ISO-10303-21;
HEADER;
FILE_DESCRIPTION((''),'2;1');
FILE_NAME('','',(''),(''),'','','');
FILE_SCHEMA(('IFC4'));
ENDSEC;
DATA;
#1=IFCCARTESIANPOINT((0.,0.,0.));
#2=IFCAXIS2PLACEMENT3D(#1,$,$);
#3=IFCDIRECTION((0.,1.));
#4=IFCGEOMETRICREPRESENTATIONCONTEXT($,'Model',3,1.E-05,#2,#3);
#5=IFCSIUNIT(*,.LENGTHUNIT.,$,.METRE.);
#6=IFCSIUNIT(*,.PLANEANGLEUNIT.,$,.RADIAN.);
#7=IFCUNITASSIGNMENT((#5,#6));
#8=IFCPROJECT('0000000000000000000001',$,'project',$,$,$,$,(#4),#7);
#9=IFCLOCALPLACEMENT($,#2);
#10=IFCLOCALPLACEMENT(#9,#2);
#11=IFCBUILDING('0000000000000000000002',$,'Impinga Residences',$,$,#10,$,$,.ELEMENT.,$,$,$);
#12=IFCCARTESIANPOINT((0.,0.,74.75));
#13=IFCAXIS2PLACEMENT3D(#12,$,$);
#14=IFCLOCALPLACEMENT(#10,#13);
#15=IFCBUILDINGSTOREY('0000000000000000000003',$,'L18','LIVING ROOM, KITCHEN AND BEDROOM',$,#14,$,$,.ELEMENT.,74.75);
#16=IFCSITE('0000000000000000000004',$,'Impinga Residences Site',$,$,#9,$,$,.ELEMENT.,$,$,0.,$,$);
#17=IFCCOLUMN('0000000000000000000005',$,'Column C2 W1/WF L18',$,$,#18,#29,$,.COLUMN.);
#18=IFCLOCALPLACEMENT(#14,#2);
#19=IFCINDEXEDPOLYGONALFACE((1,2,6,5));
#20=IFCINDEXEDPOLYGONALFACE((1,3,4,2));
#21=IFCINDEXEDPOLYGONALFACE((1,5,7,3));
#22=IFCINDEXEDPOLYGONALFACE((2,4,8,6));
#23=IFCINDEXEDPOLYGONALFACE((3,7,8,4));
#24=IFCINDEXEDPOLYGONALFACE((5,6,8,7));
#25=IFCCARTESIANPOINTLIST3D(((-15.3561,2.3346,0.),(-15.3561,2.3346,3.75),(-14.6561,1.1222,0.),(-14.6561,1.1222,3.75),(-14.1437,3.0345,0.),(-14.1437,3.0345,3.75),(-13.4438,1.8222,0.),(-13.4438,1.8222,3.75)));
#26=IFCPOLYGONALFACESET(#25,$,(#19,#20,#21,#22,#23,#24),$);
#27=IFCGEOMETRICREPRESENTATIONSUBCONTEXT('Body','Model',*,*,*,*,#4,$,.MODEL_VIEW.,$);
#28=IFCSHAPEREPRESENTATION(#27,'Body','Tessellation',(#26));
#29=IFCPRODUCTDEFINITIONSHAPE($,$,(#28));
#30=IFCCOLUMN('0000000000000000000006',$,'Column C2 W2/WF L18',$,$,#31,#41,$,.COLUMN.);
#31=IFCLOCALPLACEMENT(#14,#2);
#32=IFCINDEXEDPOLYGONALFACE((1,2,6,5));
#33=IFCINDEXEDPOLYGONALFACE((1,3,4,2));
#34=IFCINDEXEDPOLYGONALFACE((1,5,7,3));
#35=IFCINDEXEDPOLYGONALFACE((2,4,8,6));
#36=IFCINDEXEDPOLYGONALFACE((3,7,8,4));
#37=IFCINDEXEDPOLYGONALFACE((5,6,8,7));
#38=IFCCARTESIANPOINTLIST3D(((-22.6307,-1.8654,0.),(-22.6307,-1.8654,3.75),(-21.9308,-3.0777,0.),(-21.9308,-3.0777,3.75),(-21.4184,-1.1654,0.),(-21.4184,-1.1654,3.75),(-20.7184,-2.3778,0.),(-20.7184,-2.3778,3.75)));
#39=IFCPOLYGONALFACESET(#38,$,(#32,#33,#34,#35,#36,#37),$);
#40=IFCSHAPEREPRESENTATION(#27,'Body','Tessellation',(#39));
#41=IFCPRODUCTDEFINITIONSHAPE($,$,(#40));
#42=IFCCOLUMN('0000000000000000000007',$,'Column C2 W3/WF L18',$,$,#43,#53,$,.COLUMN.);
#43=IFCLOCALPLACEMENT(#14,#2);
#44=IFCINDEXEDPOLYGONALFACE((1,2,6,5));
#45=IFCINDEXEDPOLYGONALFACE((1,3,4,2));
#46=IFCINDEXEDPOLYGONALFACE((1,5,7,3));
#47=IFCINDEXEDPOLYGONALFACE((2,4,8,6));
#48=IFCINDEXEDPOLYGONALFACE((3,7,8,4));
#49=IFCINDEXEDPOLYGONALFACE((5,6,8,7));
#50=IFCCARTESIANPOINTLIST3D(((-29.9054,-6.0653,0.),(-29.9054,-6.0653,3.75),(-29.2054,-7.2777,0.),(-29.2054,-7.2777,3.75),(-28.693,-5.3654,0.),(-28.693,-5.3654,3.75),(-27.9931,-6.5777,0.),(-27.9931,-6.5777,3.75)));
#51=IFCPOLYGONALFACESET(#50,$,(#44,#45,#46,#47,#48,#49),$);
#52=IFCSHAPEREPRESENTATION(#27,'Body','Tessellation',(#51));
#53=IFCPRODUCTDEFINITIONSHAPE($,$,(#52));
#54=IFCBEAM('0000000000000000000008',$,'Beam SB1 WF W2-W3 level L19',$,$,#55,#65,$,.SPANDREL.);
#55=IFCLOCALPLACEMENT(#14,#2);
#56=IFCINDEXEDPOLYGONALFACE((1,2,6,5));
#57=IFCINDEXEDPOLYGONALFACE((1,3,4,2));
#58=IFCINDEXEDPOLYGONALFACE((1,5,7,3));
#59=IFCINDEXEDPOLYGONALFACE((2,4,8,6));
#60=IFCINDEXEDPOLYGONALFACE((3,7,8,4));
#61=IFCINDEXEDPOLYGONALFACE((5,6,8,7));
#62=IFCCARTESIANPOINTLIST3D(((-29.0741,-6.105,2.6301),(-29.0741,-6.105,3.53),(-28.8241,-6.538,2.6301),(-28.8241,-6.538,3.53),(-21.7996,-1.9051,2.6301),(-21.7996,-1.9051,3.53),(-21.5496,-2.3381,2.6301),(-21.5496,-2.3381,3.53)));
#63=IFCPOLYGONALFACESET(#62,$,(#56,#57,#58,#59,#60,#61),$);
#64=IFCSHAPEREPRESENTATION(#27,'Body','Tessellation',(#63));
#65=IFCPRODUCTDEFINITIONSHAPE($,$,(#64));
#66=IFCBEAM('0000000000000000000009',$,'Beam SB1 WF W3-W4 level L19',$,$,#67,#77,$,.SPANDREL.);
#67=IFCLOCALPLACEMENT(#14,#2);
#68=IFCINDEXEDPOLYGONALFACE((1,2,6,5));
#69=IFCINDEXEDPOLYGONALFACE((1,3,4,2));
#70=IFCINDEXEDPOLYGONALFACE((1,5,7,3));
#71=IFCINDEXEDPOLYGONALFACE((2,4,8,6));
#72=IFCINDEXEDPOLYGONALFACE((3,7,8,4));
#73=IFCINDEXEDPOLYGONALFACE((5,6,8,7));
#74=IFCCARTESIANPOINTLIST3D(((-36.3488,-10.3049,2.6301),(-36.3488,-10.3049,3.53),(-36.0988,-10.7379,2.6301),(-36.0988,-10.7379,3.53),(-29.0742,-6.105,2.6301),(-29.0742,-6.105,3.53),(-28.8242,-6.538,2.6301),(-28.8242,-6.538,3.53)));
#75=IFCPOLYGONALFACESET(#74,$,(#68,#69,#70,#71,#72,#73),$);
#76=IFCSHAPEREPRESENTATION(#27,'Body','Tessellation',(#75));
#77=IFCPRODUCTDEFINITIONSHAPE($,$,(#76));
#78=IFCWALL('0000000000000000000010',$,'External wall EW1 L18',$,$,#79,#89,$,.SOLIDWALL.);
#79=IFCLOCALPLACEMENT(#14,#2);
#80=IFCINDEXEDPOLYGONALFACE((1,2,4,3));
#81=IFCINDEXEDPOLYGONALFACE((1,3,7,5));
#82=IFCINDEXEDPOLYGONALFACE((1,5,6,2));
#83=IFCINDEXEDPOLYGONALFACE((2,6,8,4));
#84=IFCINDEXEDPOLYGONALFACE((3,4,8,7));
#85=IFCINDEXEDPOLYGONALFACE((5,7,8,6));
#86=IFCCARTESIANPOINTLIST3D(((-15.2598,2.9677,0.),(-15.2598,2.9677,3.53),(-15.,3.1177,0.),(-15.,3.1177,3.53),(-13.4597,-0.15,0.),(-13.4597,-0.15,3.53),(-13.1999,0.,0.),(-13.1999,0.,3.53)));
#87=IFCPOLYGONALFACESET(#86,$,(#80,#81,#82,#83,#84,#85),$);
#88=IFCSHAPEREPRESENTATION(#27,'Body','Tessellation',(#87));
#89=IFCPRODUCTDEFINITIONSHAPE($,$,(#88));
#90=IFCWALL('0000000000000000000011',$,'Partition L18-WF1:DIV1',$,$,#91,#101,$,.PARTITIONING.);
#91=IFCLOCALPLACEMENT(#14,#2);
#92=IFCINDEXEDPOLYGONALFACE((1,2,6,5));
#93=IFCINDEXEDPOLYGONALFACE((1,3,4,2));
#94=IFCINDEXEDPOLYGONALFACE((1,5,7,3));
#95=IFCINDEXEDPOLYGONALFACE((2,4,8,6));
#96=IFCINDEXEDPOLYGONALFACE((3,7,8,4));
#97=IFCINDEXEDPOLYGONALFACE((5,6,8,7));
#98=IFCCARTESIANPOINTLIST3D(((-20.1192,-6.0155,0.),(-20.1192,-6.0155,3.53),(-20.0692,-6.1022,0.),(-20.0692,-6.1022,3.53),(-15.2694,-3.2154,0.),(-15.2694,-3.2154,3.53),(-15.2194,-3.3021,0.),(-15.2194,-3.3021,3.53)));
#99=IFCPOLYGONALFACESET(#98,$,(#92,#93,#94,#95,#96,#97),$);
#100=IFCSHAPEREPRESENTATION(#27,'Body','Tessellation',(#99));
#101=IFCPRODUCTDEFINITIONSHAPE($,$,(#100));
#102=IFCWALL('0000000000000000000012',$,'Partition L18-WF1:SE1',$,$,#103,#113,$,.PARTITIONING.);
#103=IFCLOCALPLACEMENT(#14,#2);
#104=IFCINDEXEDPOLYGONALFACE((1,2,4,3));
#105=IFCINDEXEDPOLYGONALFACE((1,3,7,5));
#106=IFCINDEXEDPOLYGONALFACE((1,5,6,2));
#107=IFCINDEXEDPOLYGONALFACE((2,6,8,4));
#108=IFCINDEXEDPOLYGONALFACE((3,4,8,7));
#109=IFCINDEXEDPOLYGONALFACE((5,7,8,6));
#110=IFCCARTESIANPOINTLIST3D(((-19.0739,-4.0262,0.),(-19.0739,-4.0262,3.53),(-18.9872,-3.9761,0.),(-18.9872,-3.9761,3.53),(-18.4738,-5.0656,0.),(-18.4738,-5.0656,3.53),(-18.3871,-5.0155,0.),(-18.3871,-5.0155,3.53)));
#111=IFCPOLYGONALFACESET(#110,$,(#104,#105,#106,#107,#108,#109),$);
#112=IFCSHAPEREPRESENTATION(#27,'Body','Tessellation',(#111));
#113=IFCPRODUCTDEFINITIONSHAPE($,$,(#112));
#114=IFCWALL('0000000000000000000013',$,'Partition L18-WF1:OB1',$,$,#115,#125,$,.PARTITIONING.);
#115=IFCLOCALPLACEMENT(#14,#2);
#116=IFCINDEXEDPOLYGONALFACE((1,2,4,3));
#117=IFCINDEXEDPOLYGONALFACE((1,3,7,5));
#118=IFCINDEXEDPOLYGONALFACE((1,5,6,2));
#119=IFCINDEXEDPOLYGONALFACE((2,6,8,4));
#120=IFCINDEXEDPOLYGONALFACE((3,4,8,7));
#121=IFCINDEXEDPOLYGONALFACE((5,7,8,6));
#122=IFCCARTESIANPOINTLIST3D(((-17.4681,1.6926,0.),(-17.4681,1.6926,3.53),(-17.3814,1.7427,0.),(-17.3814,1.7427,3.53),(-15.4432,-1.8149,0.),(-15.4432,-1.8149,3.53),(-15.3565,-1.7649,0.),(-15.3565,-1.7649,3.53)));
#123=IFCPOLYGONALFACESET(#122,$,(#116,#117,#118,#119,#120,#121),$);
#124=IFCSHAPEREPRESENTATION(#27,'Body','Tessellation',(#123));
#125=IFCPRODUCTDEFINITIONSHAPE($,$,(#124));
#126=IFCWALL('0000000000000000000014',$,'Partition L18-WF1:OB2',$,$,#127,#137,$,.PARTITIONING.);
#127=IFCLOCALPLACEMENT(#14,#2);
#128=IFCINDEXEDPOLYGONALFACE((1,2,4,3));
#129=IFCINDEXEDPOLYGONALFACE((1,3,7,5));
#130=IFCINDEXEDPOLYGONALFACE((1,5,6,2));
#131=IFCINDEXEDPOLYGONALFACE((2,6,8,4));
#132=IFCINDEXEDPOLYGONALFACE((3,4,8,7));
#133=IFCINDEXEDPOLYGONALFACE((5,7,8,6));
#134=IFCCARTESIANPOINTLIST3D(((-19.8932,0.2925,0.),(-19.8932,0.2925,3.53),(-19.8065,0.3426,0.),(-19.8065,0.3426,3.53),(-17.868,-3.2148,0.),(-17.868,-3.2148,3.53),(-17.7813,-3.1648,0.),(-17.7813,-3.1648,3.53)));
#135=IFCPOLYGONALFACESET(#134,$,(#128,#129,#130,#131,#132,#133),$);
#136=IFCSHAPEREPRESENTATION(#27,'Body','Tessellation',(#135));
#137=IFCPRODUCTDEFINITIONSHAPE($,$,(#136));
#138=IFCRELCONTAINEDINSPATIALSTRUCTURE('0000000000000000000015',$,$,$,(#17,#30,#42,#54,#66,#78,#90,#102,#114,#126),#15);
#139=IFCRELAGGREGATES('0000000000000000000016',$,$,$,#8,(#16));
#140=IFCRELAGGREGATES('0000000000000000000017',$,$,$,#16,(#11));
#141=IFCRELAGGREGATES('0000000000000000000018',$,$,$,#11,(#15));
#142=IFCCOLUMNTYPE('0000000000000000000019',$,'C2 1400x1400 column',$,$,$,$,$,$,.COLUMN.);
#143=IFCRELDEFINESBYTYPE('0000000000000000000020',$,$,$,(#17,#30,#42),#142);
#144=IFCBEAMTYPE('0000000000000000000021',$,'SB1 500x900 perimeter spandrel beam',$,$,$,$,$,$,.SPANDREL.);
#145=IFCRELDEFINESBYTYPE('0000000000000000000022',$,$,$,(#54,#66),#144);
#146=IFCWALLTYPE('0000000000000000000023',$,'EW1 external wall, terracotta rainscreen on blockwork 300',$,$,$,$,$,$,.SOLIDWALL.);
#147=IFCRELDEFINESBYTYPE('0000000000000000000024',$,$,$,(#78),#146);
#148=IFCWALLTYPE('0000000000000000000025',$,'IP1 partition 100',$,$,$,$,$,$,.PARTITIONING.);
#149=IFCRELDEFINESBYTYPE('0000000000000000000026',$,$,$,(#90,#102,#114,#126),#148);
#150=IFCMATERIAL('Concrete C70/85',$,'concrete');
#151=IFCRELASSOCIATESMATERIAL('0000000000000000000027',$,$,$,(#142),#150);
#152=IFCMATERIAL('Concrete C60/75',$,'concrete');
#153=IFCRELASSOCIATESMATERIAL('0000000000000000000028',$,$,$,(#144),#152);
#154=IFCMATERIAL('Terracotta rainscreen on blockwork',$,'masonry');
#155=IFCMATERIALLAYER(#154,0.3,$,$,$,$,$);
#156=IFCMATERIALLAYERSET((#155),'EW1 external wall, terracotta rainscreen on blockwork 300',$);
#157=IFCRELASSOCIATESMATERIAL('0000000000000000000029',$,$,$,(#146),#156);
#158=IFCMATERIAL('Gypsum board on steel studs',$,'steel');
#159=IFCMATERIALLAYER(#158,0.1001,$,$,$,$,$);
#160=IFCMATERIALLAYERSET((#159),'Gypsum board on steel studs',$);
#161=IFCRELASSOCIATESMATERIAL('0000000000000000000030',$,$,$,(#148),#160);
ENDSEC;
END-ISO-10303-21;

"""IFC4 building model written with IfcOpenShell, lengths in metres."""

from ifc_helpers import new_model, si_unit, direction, frame, frame_2d, origin, origin_2d, place, context, subcontext, project, spatial, rectangle, extrude, material, layer, layer_set, material_profile, profile_set, type_object, element, save


model = new_model("IFC4")

# Units and contexts
model_context = context("Model", 3, precision=1e-05, world=origin(), true_north=direction((0.0, 1.0)))
body_context = subcontext(model_context, "Body", "Model", "MODEL_VIEW")
ifc_project = project(units=[si_unit("LENGTHUNIT", "METRE"), si_unit("PLANEANGLEUNIT", "RADIAN")], contexts=[model_context])

# Site, building, storey
site_placement = place(None, origin())
site = spatial("IfcSite", under=ifc_project, at=site_placement, Name="Impinga Residences Site", CompositionType="ELEMENT", RefElevation=0.0)
building_placement = place(site_placement, origin())
building = spatial("IfcBuilding", under=site, at=building_placement, Name="Impinga Residences", CompositionType="ELEMENT")
storey_placement = place(building_placement, frame((0.0, 0.0, 74.75)))
storey = spatial("IfcBuildingStorey", under=building, at=storey_placement, Name="L18", Description="LIVING ROOM, KITCHEN AND BEDROOM", CompositionType="ELEMENT", Elevation=74.75)

# Columns
ifc_material_1 = material(Name="Concrete C70/85", Category="concrete")
ifc_material_profile_1 = material_profile(ifc_material_1, rectangle(XDim=1.3999, YDim=1.3999, at=origin_2d()), Name="RC 1400x1400")
ifc_profile_set_1 = profile_set([ifc_material_profile_1], Name="Concrete C70/85")
column_type = type_object("IfcColumnType", Name="C2 1400x1400 column", PredefinedType="COLUMN", material=ifc_profile_set_1)
for number, where, z_axis, x_axis, name in (
    (1, (-14.3999, 2.0784, 0.0), (0.0, 0.0, 1.0), (-0.5, 0.866025, 0.0), "Column C2 W1/WF L18"),
    (2, (-21.6746, -2.1216, 0.0), (0.0, 0.0, 1.0), (-0.5, 0.866025, 0.0), "Column C2 W2/WF L18"),
    (3, (-28.9492, -6.3215, 0.0), (0.0, 0.0, 1.0), (-0.5, 0.866025, 0.0), "Column C2 W3/WF L18"),
):
    element("IfcColumn", number, at=place(storey_placement, frame(where, z_axis=z_axis, x_axis=x_axis)), inside=storey, type_object=column_type, Name=name, PredefinedType="COLUMN", context=body_context, shape_type="SweptSolid", body=[
        extrude(rectangle(XDim=1.3999, YDim=1.3999, at=origin_2d()), origin(), (0.0, 0.0, 1.0), 3.75),
    ])

# Beams
ifc_material_2 = material(Name="Concrete C60/75", Category="concrete")
ifc_material_profile_2 = material_profile(ifc_material_2, rectangle(XDim=0.5, YDim=0.8999, at=origin_2d()), Name="RC 500x900")
ifc_profile_set_2 = profile_set([ifc_material_profile_2], Name="Concrete C60/75")
beam_type = type_object("IfcBeamType", Name="SB1 500x900 perimeter spandrel beam", PredefinedType="SPANDREL", material=ifc_profile_set_2)
for number, where, z_axis, x_axis, name in (
    (4, (-21.6746, -2.1216, 3.0801), (-0.866029, -0.499993, 0.0), (0.499993, -0.866029, 0.0), "Beam SB1 WF W2-W3 level L19"),
    (5, (-28.9492, -6.3215, 3.0801), (-0.866029, -0.499993, 0.0), (0.499993, -0.866029, 0.0), "Beam SB1 WF W3-W4 level L19"),
):
    element("IfcBeam", number, at=place(storey_placement, frame(where, z_axis=z_axis, x_axis=x_axis)), inside=storey, type_object=beam_type, Name=name, PredefinedType="SPANDREL", context=body_context, shape_type="SweptSolid", body=[
        extrude(rectangle(XDim=0.5, YDim=0.8999, at=origin_2d()), origin(), (0.0, 0.0, 1.0), 8.3999),
    ])

# Walls
ifc_material_3 = material(Name="Terracotta rainscreen on blockwork", Category="masonry")
ifc_layer_1 = layer(ifc_material_3, 0.3)
ifc_layer_set_1 = layer_set([ifc_layer_1], Name="EW1 external wall, terracotta rainscreen on blockwork 300")
wall_type_1 = type_object("IfcWallType", Name="EW1 external wall, terracotta rainscreen on blockwork 300", PredefinedType="SOLIDWALL", material=ifc_layer_set_1)
wall_1_placement = place(storey_placement, frame((-15.1299, 3.0427, 0.0), z_axis=(0.0, 0.0, 1.0), x_axis=(0.500012, -0.866018, 0.0)))
element("IfcWall", 6, at=wall_1_placement, inside=storey, type_object=wall_type_1, Name="External wall EW1 L18", PredefinedType="SOLIDWALL", context=body_context, shape_type="SweptSolid", body=[
    extrude(rectangle(XDim=3.6001, YDim=0.3, at=frame_2d((1.8, 0.0))), origin(), (0.0, 0.0, 1.0), 3.53),
])
ifc_material_4 = material(Name="Gypsum board on steel studs", Category="steel")
ifc_layer_2 = layer(ifc_material_4, 0.1001)
ifc_layer_set_2 = layer_set([ifc_layer_2], Name="Gypsum board on steel studs")
wall_type_2 = type_object("IfcWallType", Name="IP1 partition 100", PredefinedType="PARTITIONING", material=ifc_layer_set_2)
wall_2_placement = place(storey_placement, frame((-15.2444, -3.2588, 0.0), z_axis=(0.0, 0.0, 1.0), x_axis=(-0.866027, -0.499998, 0.0)))
element("IfcWall", 7, at=wall_2_placement, inside=storey, type_object=wall_type_2, Name="Partition L18-WF1:DIV1", PredefinedType="PARTITIONING", context=body_context, shape_type="SweptSolid", body=[
    extrude(rectangle(XDim=5.6001, YDim=0.1001, at=frame_2d((2.8, 0.0))), origin(), (0.0, 0.0, 1.0), 3.53),
])
wall_3_placement = place(storey_placement, frame((-18.4304, -5.0405, 0.0), z_axis=(0.0, 0.0, 1.0), x_axis=(-0.500034, 0.866006, 0.0)))
element("IfcWall", 8, at=wall_3_placement, inside=storey, type_object=wall_type_2, Name="Partition L18-WF1:SE1", PredefinedType="PARTITIONING", context=body_context, shape_type="SweptSolid", body=[
    extrude(rectangle(XDim=1.2002, YDim=0.1001, at=frame_2d((0.6001, 0.0))), origin(), (0.0, 0.0, 1.0), 3.53),
])
for number, where, z_axis, x_axis, name in (
    (9, (-15.3999, -1.7898, 0.0), (0.0, 0.0, 1.0), (-0.499964, 0.866046, 0.0), "Partition L18-WF1:OB1"),
    (10, (-17.8247, -3.1897, 0.0), (0.0, 0.0, 1.0), (-0.500036, 0.866005, 0.0), "Partition L18-WF1:OB2"),
):
    element("IfcWall", number, at=place(storey_placement, frame(where, z_axis=z_axis, x_axis=x_axis)), inside=storey, type_object=wall_type_2, Name=name, PredefinedType="PARTITIONING", context=body_context, shape_type="SweptSolid", body=[
        extrude(rectangle(XDim=4.05, YDim=0.1001, at=frame_2d((2.0249, 0.0))), origin(), (0.0, 0.0, 1.0), 3.53),
    ])

save(model, "model.ifc")
